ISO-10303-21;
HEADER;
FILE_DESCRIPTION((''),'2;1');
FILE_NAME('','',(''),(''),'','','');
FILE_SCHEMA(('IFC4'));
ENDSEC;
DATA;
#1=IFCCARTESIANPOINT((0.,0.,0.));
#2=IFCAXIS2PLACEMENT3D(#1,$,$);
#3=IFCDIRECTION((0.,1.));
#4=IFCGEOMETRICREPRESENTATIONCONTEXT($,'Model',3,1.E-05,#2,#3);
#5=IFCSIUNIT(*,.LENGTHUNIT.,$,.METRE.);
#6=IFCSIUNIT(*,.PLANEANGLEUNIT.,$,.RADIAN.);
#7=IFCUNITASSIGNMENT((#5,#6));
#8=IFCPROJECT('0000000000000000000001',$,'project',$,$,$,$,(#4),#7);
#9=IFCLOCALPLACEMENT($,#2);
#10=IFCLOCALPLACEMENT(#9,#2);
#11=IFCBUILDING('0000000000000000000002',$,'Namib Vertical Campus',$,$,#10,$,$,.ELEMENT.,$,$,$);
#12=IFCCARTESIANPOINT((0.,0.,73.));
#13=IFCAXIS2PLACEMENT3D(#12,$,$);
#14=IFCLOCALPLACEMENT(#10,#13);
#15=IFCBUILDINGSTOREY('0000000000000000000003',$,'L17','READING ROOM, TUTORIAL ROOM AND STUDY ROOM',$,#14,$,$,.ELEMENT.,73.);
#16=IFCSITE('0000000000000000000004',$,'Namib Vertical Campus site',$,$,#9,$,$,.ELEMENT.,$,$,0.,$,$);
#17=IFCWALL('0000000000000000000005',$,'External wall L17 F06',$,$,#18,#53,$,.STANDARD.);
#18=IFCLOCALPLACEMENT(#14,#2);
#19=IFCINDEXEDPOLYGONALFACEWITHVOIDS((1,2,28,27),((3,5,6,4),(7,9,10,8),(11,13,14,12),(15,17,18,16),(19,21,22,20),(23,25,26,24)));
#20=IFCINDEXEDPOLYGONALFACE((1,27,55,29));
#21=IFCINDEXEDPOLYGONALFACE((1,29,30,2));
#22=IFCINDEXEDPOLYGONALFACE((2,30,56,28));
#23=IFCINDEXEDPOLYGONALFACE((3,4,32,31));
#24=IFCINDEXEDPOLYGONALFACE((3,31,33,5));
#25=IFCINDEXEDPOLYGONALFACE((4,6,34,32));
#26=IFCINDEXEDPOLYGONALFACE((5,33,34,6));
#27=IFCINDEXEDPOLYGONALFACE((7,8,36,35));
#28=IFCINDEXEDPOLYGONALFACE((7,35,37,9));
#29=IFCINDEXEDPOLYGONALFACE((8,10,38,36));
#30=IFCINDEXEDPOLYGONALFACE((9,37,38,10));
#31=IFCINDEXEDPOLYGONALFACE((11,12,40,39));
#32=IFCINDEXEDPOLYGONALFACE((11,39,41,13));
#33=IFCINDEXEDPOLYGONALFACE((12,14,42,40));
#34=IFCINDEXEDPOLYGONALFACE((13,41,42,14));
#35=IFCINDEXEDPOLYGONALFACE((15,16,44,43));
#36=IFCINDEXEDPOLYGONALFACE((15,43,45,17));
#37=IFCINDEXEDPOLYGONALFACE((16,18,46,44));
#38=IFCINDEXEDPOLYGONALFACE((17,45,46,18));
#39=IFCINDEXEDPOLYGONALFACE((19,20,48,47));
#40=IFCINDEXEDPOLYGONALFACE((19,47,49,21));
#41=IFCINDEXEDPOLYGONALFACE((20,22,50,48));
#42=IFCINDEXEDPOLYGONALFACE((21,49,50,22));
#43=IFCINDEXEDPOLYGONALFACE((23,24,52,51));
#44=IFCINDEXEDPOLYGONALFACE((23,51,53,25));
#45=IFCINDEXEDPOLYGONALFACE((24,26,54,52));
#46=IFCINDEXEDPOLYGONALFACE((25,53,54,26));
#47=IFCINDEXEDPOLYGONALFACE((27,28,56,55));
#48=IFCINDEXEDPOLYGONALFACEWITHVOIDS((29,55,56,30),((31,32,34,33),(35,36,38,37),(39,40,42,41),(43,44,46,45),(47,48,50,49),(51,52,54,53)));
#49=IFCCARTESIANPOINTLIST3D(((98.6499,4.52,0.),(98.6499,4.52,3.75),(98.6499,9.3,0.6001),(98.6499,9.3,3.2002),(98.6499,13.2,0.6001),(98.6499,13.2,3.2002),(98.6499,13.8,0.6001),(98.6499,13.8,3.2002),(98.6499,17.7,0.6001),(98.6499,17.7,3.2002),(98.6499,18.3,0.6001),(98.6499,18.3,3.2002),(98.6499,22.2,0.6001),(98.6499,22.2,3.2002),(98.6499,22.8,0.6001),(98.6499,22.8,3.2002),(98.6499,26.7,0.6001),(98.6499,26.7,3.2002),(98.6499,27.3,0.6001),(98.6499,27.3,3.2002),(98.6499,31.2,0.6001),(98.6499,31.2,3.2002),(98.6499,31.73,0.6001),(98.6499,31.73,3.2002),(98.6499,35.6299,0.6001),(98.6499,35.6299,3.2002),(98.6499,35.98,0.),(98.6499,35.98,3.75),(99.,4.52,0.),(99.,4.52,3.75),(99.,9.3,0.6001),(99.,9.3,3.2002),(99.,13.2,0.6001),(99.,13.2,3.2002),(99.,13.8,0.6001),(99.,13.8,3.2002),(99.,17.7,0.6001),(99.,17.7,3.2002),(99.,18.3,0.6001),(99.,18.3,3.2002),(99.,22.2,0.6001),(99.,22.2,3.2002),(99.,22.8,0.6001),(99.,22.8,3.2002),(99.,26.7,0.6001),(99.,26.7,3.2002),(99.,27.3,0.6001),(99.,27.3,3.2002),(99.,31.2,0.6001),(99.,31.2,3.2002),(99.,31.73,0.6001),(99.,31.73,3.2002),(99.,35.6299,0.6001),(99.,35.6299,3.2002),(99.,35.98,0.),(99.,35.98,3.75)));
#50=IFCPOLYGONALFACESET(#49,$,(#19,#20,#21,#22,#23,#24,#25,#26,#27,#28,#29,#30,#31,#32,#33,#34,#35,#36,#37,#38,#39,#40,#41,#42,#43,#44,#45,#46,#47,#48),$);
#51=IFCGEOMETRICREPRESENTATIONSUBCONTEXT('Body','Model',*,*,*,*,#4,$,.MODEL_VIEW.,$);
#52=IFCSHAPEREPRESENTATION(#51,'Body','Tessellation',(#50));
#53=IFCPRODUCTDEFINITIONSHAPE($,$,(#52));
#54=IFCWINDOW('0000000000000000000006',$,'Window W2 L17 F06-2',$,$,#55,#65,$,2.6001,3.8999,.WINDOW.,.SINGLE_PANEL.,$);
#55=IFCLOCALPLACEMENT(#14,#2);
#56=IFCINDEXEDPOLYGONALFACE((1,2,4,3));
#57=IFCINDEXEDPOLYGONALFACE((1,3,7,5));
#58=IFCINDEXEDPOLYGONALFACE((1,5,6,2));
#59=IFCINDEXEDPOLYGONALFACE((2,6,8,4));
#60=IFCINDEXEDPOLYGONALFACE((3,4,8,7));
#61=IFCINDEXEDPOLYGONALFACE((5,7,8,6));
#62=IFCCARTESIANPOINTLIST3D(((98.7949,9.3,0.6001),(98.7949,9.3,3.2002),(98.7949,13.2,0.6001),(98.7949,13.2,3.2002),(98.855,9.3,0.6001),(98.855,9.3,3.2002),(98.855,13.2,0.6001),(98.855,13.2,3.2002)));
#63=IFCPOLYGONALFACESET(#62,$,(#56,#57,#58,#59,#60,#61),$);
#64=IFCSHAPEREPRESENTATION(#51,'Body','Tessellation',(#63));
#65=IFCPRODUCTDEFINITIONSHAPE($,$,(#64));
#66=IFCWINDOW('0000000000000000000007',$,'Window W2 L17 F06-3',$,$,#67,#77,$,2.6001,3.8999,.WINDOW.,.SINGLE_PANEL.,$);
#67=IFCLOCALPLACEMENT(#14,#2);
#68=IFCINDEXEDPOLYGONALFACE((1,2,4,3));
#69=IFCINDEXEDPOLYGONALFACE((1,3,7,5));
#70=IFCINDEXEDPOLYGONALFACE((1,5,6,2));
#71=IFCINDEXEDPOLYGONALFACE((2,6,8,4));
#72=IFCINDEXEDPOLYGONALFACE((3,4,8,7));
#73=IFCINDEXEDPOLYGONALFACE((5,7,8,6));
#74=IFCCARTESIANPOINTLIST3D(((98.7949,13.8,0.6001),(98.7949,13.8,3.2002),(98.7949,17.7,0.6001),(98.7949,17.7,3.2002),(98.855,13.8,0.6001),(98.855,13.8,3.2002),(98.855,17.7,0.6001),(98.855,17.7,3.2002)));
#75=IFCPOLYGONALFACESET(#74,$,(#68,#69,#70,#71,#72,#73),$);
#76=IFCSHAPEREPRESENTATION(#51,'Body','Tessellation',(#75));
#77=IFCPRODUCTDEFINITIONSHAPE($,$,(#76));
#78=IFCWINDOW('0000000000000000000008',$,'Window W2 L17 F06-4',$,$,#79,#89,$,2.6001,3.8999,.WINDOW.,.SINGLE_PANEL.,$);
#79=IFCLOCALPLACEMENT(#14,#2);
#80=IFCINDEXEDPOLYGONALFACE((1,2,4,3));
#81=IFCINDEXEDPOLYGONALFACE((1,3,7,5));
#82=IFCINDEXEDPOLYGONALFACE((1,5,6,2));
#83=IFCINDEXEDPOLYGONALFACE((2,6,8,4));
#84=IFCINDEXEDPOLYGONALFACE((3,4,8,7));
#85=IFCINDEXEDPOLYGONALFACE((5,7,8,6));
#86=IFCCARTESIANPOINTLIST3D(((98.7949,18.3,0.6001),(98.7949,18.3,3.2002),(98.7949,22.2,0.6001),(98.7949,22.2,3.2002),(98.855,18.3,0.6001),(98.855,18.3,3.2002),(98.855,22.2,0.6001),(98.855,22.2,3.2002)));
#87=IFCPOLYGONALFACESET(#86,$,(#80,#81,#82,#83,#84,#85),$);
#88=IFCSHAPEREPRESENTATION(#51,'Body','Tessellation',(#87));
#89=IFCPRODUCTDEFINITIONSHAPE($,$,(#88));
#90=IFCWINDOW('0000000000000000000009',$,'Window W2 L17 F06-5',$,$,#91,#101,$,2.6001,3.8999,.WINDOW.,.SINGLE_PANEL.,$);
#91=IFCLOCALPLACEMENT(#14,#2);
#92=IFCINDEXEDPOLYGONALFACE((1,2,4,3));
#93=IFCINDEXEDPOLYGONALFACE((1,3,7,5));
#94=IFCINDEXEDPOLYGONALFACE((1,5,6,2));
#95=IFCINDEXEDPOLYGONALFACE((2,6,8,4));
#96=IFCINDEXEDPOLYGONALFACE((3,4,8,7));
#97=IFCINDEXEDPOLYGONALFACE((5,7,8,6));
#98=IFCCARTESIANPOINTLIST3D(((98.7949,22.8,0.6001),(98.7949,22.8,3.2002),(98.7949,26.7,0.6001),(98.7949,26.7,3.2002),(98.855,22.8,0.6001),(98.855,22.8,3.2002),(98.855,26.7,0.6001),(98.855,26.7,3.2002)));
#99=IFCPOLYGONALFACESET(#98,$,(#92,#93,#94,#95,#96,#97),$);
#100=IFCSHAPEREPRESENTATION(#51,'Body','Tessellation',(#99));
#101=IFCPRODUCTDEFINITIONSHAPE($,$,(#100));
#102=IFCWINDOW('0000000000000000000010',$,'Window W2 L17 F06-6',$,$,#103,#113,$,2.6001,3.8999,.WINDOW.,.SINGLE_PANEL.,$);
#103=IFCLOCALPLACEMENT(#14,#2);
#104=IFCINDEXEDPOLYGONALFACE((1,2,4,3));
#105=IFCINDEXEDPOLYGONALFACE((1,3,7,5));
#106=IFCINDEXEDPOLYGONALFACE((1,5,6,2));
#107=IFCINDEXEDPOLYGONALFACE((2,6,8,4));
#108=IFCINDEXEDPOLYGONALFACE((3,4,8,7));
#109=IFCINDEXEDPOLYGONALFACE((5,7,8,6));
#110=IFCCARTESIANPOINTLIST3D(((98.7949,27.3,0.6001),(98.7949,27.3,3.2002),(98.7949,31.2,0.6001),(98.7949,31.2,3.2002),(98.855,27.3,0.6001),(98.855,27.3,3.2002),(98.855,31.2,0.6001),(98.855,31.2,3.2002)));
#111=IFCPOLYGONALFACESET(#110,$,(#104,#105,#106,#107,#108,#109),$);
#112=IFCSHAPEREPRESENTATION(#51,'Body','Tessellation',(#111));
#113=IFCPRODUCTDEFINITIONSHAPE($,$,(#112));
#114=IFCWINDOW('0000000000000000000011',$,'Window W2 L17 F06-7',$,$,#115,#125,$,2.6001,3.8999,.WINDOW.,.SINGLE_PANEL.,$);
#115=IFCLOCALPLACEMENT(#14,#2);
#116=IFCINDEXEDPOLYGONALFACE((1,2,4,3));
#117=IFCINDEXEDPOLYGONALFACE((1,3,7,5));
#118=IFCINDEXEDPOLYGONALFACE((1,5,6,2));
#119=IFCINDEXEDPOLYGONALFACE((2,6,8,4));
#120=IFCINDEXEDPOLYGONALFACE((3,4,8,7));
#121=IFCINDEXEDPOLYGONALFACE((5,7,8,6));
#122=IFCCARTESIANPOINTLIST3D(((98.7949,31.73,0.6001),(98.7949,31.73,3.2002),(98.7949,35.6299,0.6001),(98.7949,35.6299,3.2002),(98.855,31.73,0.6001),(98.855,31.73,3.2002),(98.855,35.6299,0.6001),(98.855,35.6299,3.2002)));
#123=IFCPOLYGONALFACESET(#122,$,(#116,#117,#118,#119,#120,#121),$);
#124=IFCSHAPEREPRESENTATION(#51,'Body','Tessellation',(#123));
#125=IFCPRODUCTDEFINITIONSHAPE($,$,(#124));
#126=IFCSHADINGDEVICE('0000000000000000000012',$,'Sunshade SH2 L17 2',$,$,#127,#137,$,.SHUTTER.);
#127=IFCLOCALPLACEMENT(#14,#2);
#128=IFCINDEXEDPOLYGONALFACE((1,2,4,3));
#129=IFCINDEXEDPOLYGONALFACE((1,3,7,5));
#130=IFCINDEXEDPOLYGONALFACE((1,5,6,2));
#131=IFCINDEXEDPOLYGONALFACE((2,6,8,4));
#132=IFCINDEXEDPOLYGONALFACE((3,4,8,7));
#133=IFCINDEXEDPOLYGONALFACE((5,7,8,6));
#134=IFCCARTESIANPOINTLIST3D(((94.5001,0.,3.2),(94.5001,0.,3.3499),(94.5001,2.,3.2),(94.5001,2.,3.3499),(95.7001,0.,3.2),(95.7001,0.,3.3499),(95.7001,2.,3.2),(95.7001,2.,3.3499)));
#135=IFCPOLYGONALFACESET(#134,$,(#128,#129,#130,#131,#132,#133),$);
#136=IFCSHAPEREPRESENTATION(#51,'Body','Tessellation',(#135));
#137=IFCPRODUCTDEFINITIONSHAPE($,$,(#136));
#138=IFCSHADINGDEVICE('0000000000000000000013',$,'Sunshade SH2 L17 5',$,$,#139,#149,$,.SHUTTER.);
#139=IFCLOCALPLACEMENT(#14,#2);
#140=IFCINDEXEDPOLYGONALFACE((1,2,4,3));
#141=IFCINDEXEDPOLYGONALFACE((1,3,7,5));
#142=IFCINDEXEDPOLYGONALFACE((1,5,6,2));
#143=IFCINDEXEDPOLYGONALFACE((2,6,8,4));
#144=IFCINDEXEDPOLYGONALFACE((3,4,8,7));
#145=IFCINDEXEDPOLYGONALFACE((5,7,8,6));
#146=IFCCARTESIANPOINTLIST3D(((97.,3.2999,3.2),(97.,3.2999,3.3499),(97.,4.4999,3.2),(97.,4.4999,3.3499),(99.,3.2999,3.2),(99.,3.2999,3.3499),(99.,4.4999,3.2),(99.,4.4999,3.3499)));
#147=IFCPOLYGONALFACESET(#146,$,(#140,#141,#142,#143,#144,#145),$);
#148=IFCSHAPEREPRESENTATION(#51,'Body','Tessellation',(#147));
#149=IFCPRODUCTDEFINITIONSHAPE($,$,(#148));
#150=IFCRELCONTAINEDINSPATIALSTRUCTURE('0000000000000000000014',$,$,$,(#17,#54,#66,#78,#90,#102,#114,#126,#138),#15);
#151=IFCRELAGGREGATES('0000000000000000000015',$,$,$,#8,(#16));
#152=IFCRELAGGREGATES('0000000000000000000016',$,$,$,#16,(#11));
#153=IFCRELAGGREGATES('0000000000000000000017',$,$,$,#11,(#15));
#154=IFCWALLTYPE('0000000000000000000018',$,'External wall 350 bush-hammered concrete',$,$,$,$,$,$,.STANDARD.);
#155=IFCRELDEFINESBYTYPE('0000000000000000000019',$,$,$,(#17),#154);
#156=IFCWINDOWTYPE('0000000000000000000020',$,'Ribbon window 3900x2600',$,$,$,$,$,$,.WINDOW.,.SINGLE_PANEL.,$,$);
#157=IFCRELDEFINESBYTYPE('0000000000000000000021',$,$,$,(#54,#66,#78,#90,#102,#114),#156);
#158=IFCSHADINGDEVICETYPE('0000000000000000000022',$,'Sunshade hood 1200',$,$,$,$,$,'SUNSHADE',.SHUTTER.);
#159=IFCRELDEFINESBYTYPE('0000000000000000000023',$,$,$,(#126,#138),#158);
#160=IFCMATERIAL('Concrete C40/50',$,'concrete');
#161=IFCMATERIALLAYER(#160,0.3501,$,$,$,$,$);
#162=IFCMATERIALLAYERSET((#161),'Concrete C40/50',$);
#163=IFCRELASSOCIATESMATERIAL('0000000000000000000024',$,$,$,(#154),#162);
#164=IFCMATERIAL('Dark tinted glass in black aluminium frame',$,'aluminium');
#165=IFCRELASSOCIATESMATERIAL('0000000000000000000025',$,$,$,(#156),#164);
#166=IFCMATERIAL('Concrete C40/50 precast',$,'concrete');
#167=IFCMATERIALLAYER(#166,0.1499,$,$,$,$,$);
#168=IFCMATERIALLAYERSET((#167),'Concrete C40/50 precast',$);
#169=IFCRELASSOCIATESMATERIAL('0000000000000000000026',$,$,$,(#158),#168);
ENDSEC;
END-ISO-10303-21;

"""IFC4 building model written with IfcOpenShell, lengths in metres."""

from ifc_helpers import new_model, si_unit, direction, frame, frame_2d, origin, origin_2d, place, context, subcontext, project, spatial, rectangle, extrude, material, layer, layer_set, type_object, element, fill, save


model = new_model("IFC4")

# Units and contexts
model_context = context("Model", 3, precision=1e-05, world=origin(), true_north=direction((0.0, 1.0)))
body_context = subcontext(model_context, "Body", "Model", "MODEL_VIEW")
ifc_project = project(units=[si_unit("LENGTHUNIT", "METRE"), si_unit("PLANEANGLEUNIT", "RADIAN")], contexts=[model_context])

# Site, building, storey
site_placement = place(None, origin())
site = spatial("IfcSite", under=ifc_project, at=site_placement, Name="Namib Vertical Campus site", CompositionType="ELEMENT", RefElevation=0.0)
building_placement = place(site_placement, origin())
building = spatial("IfcBuilding", under=site, at=building_placement, Name="Namib Vertical Campus", CompositionType="ELEMENT")
storey_placement = place(building_placement, frame((0.0, 0.0, 73.0)))
storey = spatial("IfcBuildingStorey", under=building, at=storey_placement, Name="L17", Description="READING ROOM, TUTORIAL ROOM AND STUDY ROOM", CompositionType="ELEMENT", Elevation=73.0)

# Shared definitions
ifc_material_1 = material(Name="Concrete C40/50", Category="concrete")
ifc_layer_1 = layer(ifc_material_1, 0.3501)
ifc_layer_set_1 = layer_set([ifc_layer_1], Name="Concrete C40/50")
wall_type = type_object("IfcWallType", Name="External wall 350 bush-hammered concrete", PredefinedType="STANDARD", material=ifc_layer_set_1)

# Wall, openings, windows
wall_1_placement = place(storey_placement, frame((98.825, 4.52, 0.0), z_axis=(0.0, 0.0, 1.0), x_axis=(0.0, 1.0, 0.0)))
wall_1 = element("IfcWall", 1, at=wall_1_placement, inside=storey, type_object=wall_type, Name="External wall L17 F06", PredefinedType="STANDARD", context=body_context, shape_type="SweptSolid", body=[
    extrude(rectangle(XDim=31.46, YDim=0.3501, at=frame_2d((15.73, 0.0))), origin(), (0.0, 0.0, 1.0), 3.75),
])
opening_1_placement = place(wall_1_placement, frame((4.78, 0.0, 0.6001)))
opening_1 = element("IfcOpeningElement", 2, at=opening_1_placement, cuts=wall_1, PredefinedType="OPENING", context=body_context, shape_type="SweptSolid", body=[
    extrude(rectangle(XDim=3.8999, YDim=2.6001, at=frame_2d((1.95, 1.3))), frame((0.0, 0.1851, 0.0), z_axis=(0.0, -1.0, 0.0), x_axis=(1.0, 0.0, 0.0)), (0.0, 0.0, 1.0), 0.3701),
])
opening_2_placement = place(wall_1_placement, frame((9.28, 0.0, 0.6001)))
opening_2 = element("IfcOpeningElement", 3, at=opening_2_placement, cuts=wall_1, PredefinedType="OPENING", context=body_context, shape_type="SweptSolid", body=[
    extrude(rectangle(XDim=3.8999, YDim=2.6001, at=frame_2d((1.95, 1.3))), frame((0.0, 0.1851, 0.0), z_axis=(0.0, -1.0, 0.0), x_axis=(1.0, 0.0, 0.0)), (0.0, 0.0, 1.0), 0.3701),
])
opening_3_placement = place(wall_1_placement, frame((13.78, 0.0, 0.6001)))
opening_3 = element("IfcOpeningElement", 4, at=opening_3_placement, cuts=wall_1, PredefinedType="OPENING", context=body_context, shape_type="SweptSolid", body=[
    extrude(rectangle(XDim=3.8999, YDim=2.6001, at=frame_2d((1.95, 1.3))), frame((0.0, 0.1851, 0.0), z_axis=(0.0, -1.0, 0.0), x_axis=(1.0, 0.0, 0.0)), (0.0, 0.0, 1.0), 0.3701),
])
opening_4_placement = place(wall_1_placement, frame((18.28, 0.0, 0.6001)))
opening_4 = element("IfcOpeningElement", 5, at=opening_4_placement, cuts=wall_1, PredefinedType="OPENING", context=body_context, shape_type="SweptSolid", body=[
    extrude(rectangle(XDim=3.8999, YDim=2.6001, at=frame_2d((1.95, 1.3))), frame((0.0, 0.1851, 0.0), z_axis=(0.0, -1.0, 0.0), x_axis=(1.0, 0.0, 0.0)), (0.0, 0.0, 1.0), 0.3701),
])
opening_5_placement = place(wall_1_placement, frame((22.78, 0.0, 0.6001)))
opening_5 = element("IfcOpeningElement", 6, at=opening_5_placement, cuts=wall_1, PredefinedType="OPENING", context=body_context, shape_type="SweptSolid", body=[
    extrude(rectangle(XDim=3.8999, YDim=2.6001, at=frame_2d((1.95, 1.3))), frame((0.0, 0.1851, 0.0), z_axis=(0.0, -1.0, 0.0), x_axis=(1.0, 0.0, 0.0)), (0.0, 0.0, 1.0), 0.3701),
])
opening_6_placement = place(wall_1_placement, frame((27.21, 0.0, 0.6001)))
opening_6 = element("IfcOpeningElement", 7, at=opening_6_placement, cuts=wall_1, PredefinedType="OPENING", context=body_context, shape_type="SweptSolid", body=[
    extrude(rectangle(XDim=3.8999, YDim=2.6001, at=frame_2d((1.95, 1.3))), frame((0.0, 0.1851, 0.0), z_axis=(0.0, -1.0, 0.0), x_axis=(1.0, 0.0, 0.0)), (0.0, 0.0, 1.0), 0.3701),
])
ifc_material_2 = material(Name="Dark tinted glass in black aluminium frame", Category="aluminium")
window_type = type_object("IfcWindowType", Name="Ribbon window 3900x2600", PartitioningType="SINGLE_PANEL", PredefinedType="WINDOW", material=ifc_material_2)
window_1_placement = place(opening_1_placement, origin())
window_1 = element("IfcWindow", 8, at=window_1_placement, inside=storey, type_object=window_type, Name="Window W2 L17 F06-2", OverallHeight=2.6001, OverallWidth=3.8999, PartitioningType="SINGLE_PANEL", PredefinedType="WINDOW", context=body_context, shape_type="SweptSolid", body=[
    extrude(rectangle(XDim=3.8999, YDim=2.6001, at=frame_2d((1.95, 1.3))), frame((0.0, 0.03, 0.0), z_axis=(0.0, -1.0, 0.0), x_axis=(1.0, 0.0, 0.0)), (0.0, 0.0, 1.0), 0.0601),
])
fill(opening_1, window_1)
window_2_placement = place(opening_2_placement, origin())
window_2 = element("IfcWindow", 9, at=window_2_placement, inside=storey, type_object=window_type, Name="Window W2 L17 F06-3", OverallHeight=2.6001, OverallWidth=3.8999, PartitioningType="SINGLE_PANEL", PredefinedType="WINDOW", context=body_context, shape_type="SweptSolid", body=[
    extrude(rectangle(XDim=3.8999, YDim=2.6001, at=frame_2d((1.95, 1.3))), frame((0.0, 0.03, 0.0), z_axis=(0.0, -1.0, 0.0), x_axis=(1.0, 0.0, 0.0)), (0.0, 0.0, 1.0), 0.0601),
])
fill(opening_2, window_2)
window_3_placement = place(opening_3_placement, origin())
window_3 = element("IfcWindow", 10, at=window_3_placement, inside=storey, type_object=window_type, Name="Window W2 L17 F06-4", OverallHeight=2.6001, OverallWidth=3.8999, PartitioningType="SINGLE_PANEL", PredefinedType="WINDOW", context=body_context, shape_type="SweptSolid", body=[
    extrude(rectangle(XDim=3.8999, YDim=2.6001, at=frame_2d((1.95, 1.3))), frame((0.0, 0.03, 0.0), z_axis=(0.0, -1.0, 0.0), x_axis=(1.0, 0.0, 0.0)), (0.0, 0.0, 1.0), 0.0601),
])
fill(opening_3, window_3)
window_4_placement = place(opening_4_placement, origin())
window_4 = element("IfcWindow", 11, at=window_4_placement, inside=storey, type_object=window_type, Name="Window W2 L17 F06-5", OverallHeight=2.6001, OverallWidth=3.8999, PartitioningType="SINGLE_PANEL", PredefinedType="WINDOW", context=body_context, shape_type="SweptSolid", body=[
    extrude(rectangle(XDim=3.8999, YDim=2.6001, at=frame_2d((1.95, 1.3))), frame((0.0, 0.03, 0.0), z_axis=(0.0, -1.0, 0.0), x_axis=(1.0, 0.0, 0.0)), (0.0, 0.0, 1.0), 0.0601),
])
fill(opening_4, window_4)
window_5_placement = place(opening_5_placement, origin())
window_5 = element("IfcWindow", 12, at=window_5_placement, inside=storey, type_object=window_type, Name="Window W2 L17 F06-6", OverallHeight=2.6001, OverallWidth=3.8999, PartitioningType="SINGLE_PANEL", PredefinedType="WINDOW", context=body_context, shape_type="SweptSolid", body=[
    extrude(rectangle(XDim=3.8999, YDim=2.6001, at=frame_2d((1.95, 1.3))), frame((0.0, 0.03, 0.0), z_axis=(0.0, -1.0, 0.0), x_axis=(1.0, 0.0, 0.0)), (0.0, 0.0, 1.0), 0.0601),
])
fill(opening_5, window_5)
window_6_placement = place(opening_6_placement, origin())
window_6 = element("IfcWindow", 13, at=window_6_placement, inside=storey, type_object=window_type, Name="Window W2 L17 F06-7", OverallHeight=2.6001, OverallWidth=3.8999, PartitioningType="SINGLE_PANEL", PredefinedType="WINDOW", context=body_context, shape_type="SweptSolid", body=[
    extrude(rectangle(XDim=3.8999, YDim=2.6001, at=frame_2d((1.95, 1.3))), frame((0.0, 0.03, 0.0), z_axis=(0.0, -1.0, 0.0), x_axis=(1.0, 0.0, 0.0)), (0.0, 0.0, 1.0), 0.0601),
])
fill(opening_6, window_6)

# Shading devices
ifc_material_3 = material(Name="Concrete C40/50 precast", Category="concrete")
ifc_layer_2 = layer(ifc_material_3, 0.1499)
ifc_layer_set_2 = layer_set([ifc_layer_2], Name="Concrete C40/50 precast")
shading_device_type = type_object("IfcShadingDeviceType", Name="Sunshade hood 1200", ElementType="SUNSHADE", PredefinedType="SHUTTER", material=ifc_layer_set_2)
for number, where, z_axis, x_axis, name in (
    (14, (95.1001, 1.0, 3.2), (0.0, 0.0, 1.0), (0.0, 1.0, 0.0), "Sunshade SH2 L17 2"),
    (15, (98.0, 3.8999, 3.2), (0.0, 0.0, 1.0), (1.0, 0.0, 0.0), "Sunshade SH2 L17 5"),
):
    element("IfcShadingDevice", number, at=place(storey_placement, frame(where, z_axis=z_axis, x_axis=x_axis)), inside=storey, type_object=shading_device_type, Name=name, PredefinedType="SHUTTER", context=body_context, shape_type="SweptSolid", body=[
        extrude(rectangle(XDim=2.0, YDim=1.2, at=origin_2d()), origin(), (0.0, 0.0, 1.0), 0.1499),
    ])

save(model, "model.ifc")
